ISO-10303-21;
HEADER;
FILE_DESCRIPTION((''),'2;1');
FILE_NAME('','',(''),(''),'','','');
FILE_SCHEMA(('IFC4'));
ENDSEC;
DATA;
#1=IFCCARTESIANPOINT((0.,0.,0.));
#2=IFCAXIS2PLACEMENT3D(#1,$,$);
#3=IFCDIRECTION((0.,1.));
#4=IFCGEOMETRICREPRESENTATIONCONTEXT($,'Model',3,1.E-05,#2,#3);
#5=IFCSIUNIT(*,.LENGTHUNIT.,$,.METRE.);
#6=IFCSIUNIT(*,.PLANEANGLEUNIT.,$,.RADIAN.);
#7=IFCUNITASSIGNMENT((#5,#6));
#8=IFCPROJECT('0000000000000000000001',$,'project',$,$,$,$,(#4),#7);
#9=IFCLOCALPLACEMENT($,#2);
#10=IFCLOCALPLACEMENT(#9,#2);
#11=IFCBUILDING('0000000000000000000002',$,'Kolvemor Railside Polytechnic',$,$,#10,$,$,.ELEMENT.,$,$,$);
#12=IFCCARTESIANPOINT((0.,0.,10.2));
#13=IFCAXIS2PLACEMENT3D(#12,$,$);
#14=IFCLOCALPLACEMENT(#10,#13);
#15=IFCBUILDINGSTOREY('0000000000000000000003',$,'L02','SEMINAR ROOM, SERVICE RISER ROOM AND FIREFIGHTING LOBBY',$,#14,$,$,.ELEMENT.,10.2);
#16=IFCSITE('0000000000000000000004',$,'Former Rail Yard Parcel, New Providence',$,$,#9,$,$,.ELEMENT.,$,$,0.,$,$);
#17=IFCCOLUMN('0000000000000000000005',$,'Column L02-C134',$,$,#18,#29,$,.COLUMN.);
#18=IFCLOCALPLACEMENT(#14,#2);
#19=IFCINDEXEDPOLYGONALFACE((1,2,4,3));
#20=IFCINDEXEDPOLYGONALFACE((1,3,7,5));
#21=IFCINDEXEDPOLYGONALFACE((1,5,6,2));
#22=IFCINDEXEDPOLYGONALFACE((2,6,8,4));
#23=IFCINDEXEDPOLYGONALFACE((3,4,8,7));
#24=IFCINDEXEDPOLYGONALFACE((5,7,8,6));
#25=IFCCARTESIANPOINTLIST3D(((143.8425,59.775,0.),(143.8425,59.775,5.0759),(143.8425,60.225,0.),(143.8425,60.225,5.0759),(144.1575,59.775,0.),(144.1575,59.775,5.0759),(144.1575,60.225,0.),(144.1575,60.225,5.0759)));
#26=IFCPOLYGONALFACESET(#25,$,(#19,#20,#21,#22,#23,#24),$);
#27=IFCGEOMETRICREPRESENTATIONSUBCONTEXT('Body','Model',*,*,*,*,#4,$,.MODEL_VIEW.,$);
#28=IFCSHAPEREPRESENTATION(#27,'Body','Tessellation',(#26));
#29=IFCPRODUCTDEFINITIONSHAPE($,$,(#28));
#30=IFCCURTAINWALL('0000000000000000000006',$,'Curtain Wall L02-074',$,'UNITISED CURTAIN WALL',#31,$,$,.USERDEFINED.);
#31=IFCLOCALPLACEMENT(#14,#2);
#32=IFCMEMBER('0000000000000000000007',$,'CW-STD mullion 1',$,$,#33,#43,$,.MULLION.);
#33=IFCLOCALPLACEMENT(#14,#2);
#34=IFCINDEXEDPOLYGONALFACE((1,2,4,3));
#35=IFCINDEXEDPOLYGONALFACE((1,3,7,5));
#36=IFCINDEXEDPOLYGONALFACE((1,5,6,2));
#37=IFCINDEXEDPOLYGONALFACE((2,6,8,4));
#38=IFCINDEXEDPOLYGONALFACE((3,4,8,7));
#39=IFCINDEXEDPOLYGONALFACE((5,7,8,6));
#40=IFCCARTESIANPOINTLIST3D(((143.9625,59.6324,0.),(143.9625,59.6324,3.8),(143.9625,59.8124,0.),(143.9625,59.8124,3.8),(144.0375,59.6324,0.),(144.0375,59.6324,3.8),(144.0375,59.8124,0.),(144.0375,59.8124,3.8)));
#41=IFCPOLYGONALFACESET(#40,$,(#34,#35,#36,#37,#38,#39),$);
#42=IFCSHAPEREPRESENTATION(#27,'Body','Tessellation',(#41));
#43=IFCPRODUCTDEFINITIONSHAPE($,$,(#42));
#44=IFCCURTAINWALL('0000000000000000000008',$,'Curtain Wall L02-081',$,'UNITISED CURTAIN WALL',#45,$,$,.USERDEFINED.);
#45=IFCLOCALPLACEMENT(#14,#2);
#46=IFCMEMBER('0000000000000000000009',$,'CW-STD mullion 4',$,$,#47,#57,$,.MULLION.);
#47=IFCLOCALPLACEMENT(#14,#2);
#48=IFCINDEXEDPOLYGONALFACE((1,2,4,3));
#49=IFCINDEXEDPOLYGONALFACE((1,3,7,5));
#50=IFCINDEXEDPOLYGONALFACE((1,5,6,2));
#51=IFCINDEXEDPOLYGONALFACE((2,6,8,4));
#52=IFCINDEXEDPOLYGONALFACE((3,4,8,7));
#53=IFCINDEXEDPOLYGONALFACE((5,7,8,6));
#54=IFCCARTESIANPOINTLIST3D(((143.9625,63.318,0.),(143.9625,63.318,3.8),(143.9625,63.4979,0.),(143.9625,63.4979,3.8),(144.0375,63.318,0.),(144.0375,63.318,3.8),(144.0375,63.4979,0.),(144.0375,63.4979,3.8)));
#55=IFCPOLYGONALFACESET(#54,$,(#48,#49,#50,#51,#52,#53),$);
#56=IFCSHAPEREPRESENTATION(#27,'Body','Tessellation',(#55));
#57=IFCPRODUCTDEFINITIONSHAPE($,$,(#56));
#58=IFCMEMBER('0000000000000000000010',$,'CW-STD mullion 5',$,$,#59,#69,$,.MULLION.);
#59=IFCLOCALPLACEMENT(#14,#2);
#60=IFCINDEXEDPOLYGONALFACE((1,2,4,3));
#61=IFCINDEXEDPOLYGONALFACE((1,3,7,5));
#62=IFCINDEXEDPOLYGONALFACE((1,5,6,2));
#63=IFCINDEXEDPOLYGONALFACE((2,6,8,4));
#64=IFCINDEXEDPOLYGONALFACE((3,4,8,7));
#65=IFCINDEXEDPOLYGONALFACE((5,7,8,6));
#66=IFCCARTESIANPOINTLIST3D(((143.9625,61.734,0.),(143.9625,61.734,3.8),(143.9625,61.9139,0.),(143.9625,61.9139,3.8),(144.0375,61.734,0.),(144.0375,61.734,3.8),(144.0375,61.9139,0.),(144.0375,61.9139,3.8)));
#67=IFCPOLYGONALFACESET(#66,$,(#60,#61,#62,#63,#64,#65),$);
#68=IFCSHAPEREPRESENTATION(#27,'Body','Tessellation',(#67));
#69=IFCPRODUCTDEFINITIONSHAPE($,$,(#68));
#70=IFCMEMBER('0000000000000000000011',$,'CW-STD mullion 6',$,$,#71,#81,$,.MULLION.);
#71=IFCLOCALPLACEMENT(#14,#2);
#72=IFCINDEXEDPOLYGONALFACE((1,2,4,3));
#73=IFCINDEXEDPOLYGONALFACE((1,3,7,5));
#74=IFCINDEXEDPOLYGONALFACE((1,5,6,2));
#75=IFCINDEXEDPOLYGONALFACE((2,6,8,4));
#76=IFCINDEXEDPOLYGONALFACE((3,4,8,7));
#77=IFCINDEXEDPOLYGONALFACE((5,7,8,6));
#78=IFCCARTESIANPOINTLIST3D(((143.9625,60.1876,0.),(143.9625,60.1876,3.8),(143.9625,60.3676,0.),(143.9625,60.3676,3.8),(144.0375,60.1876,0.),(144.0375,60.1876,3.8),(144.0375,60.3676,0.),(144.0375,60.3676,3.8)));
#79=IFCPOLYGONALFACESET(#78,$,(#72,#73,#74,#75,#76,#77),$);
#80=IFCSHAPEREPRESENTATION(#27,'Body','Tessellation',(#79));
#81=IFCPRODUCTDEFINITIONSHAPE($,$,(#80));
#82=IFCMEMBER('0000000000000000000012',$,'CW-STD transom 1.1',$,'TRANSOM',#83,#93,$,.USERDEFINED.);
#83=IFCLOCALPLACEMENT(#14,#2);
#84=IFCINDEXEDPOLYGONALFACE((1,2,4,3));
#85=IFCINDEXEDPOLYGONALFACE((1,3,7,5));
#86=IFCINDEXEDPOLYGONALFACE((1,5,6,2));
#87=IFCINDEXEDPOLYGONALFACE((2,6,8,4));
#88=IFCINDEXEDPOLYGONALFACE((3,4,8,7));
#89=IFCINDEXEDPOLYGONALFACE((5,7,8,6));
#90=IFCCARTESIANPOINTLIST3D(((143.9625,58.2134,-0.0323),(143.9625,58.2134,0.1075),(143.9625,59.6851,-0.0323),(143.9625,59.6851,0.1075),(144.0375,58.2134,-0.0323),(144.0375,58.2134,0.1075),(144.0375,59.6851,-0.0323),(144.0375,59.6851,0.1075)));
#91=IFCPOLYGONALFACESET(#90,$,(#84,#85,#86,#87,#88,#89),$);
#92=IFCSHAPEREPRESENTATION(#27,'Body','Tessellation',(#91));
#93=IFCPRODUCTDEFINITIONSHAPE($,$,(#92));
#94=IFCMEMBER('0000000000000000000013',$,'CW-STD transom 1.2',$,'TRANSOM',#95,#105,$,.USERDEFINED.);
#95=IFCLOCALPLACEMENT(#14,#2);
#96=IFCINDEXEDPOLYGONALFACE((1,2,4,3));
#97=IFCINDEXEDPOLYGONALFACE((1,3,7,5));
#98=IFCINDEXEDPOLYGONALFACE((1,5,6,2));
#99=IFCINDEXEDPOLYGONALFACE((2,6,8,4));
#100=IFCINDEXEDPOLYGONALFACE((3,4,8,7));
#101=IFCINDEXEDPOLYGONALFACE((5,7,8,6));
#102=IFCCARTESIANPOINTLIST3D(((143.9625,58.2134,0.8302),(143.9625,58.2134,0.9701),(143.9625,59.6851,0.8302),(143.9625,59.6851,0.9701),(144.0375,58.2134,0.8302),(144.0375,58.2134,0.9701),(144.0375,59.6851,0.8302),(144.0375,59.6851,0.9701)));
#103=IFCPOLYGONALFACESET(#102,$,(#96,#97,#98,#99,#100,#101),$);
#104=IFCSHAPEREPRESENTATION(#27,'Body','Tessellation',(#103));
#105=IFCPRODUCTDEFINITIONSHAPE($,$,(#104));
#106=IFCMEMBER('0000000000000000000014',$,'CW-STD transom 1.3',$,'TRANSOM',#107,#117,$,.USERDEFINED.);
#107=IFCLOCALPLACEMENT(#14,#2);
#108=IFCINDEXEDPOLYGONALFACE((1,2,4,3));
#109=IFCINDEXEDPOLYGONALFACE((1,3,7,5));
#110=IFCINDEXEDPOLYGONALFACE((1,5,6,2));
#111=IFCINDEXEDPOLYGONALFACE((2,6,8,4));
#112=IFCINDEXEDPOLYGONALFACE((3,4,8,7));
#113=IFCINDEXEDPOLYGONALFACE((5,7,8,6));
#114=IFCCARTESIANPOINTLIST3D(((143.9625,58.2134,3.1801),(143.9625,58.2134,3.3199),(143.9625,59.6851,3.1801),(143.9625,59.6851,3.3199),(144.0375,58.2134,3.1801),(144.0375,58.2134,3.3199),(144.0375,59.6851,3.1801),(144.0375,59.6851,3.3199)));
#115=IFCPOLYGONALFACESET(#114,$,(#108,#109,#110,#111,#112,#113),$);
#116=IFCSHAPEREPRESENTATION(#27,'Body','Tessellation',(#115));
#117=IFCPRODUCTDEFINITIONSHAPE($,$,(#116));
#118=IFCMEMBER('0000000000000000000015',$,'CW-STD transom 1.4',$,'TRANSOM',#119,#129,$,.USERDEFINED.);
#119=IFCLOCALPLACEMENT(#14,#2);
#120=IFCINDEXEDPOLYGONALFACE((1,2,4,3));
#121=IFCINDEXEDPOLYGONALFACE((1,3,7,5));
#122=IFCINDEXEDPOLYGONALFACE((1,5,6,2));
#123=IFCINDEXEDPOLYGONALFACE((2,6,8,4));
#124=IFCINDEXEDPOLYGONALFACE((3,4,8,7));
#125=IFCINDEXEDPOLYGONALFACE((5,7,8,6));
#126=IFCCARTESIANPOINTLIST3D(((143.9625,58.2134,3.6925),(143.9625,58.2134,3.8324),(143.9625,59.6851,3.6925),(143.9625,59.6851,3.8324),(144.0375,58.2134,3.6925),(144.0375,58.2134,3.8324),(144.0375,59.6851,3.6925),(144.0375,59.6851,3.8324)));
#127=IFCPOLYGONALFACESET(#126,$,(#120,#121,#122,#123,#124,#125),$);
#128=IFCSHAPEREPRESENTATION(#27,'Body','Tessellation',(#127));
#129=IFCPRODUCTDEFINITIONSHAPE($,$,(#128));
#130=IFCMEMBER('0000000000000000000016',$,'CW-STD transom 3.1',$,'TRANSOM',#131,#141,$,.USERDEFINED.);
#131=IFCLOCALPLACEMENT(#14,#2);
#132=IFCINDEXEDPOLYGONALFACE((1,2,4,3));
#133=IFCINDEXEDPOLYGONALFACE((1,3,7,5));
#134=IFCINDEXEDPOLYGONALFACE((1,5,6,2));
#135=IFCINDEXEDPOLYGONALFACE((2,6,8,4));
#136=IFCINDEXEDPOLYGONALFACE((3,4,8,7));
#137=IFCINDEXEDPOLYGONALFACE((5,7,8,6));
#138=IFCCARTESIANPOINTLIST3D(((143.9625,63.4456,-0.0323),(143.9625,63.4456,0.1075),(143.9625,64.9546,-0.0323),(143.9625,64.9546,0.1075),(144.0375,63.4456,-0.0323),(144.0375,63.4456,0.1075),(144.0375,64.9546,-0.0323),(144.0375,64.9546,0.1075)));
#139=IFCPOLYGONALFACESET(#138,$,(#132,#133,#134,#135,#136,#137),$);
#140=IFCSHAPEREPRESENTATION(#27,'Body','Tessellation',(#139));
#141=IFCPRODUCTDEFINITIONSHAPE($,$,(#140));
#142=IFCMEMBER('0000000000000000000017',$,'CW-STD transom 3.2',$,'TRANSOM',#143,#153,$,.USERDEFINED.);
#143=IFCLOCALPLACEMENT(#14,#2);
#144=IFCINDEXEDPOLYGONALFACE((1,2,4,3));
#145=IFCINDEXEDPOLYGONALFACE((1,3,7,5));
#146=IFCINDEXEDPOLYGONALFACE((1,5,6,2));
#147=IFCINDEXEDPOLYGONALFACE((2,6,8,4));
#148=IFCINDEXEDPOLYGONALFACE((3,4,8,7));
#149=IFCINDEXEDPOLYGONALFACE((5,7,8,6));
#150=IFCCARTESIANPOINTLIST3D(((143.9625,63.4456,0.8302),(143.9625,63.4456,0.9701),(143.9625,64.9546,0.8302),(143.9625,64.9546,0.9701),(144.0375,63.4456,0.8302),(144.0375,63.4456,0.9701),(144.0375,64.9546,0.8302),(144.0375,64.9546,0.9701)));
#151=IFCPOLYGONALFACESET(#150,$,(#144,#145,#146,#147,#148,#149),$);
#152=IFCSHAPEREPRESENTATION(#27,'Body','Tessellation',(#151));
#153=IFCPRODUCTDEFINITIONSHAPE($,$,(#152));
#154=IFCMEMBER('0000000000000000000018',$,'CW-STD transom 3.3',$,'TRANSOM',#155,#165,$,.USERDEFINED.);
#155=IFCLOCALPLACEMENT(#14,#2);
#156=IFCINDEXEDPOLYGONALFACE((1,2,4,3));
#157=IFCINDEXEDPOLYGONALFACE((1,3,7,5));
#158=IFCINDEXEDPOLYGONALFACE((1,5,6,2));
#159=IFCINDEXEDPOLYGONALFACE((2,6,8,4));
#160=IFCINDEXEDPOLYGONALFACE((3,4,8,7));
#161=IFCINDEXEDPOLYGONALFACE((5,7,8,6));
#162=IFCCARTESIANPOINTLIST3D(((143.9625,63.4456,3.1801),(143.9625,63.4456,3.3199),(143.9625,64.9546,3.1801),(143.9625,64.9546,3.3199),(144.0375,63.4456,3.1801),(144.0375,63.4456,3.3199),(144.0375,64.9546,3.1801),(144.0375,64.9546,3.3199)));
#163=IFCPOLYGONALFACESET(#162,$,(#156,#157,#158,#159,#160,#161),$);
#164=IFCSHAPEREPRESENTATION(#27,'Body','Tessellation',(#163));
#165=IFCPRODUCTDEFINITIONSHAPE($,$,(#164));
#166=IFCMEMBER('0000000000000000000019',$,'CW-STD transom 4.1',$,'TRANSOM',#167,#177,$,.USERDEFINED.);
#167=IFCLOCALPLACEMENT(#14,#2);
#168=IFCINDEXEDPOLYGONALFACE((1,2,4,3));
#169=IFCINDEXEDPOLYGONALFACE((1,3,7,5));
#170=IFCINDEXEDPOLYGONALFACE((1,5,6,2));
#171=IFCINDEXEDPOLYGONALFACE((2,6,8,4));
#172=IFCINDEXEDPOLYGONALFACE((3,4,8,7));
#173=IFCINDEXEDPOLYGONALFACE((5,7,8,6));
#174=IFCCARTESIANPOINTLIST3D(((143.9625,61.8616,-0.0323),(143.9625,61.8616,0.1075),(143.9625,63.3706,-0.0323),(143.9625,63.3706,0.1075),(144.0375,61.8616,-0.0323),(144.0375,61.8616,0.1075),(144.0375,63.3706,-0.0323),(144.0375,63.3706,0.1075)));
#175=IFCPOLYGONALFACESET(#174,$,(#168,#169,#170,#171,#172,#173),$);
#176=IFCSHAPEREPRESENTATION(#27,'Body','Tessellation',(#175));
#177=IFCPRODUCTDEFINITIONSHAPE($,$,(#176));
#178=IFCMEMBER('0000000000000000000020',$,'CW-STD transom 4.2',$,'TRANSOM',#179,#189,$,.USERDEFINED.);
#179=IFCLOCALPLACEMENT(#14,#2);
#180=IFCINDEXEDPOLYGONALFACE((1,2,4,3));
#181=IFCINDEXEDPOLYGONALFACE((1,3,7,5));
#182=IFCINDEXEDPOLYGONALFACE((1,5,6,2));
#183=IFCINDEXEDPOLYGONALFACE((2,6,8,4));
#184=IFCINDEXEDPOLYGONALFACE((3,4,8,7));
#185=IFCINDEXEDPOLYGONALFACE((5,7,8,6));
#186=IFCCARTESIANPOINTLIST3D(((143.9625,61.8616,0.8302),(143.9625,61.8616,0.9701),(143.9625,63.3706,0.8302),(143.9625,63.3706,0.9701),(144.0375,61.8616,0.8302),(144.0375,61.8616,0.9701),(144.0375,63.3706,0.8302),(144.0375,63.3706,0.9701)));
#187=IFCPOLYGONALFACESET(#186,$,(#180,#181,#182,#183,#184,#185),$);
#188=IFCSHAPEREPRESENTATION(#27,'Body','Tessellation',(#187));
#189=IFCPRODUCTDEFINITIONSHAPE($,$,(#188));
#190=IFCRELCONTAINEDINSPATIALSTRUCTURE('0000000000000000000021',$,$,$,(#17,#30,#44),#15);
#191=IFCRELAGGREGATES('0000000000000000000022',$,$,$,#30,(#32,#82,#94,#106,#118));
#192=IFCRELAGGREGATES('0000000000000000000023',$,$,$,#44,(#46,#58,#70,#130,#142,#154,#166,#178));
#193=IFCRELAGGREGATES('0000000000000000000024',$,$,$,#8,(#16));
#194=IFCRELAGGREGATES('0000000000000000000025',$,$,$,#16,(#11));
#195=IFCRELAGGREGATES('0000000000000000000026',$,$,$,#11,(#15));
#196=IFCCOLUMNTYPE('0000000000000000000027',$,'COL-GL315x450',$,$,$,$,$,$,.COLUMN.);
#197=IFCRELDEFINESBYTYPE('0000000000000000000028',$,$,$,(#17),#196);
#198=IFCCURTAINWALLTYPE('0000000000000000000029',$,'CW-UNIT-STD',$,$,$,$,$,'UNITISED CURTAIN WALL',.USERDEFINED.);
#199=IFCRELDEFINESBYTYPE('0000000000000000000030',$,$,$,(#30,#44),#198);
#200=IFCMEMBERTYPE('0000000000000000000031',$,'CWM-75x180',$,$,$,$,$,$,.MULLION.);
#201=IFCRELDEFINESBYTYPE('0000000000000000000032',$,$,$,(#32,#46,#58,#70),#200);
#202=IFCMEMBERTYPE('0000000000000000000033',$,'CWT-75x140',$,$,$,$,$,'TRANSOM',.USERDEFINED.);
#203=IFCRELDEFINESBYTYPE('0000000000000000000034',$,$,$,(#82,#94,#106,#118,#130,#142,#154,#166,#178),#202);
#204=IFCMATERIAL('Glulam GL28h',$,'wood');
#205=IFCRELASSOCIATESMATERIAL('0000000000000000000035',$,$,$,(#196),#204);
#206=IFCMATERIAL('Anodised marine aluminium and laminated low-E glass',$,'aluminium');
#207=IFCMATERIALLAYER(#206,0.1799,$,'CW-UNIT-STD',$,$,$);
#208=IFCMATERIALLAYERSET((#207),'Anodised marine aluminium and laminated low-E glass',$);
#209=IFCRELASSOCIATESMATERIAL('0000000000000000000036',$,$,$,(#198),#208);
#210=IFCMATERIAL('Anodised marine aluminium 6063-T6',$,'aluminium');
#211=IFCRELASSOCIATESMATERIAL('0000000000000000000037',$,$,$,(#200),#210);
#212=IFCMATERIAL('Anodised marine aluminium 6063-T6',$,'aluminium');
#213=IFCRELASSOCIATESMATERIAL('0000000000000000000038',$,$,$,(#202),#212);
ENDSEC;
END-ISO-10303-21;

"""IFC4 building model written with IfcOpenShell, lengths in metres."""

from ifc_helpers import new_model, si_unit, direction, frame, origin, origin_2d, place, context, subcontext, project, spatial, rectangle, extrude, material, layer, layer_set, material_profile, profile_set, type_object, element, aggregate, save


model = new_model("IFC4")

# Units and contexts
model_context = context("Model", 3, precision=1e-05, world=origin(), true_north=direction((0.0, 1.0)))
body_context = subcontext(model_context, "Body", "Model", "MODEL_VIEW")
ifc_project = project(units=[si_unit("LENGTHUNIT", "METRE"), si_unit("PLANEANGLEUNIT", "RADIAN")], contexts=[model_context])

# Site, building, storey
site_placement = place(None, origin())
site = spatial("IfcSite", under=ifc_project, at=site_placement, Name="Former Rail Yard Parcel, New Providence", CompositionType="ELEMENT", RefElevation=0.0)
building_placement = place(site_placement, origin())
building = spatial("IfcBuilding", under=site, at=building_placement, Name="Kolvemor Railside Polytechnic", CompositionType="ELEMENT")
storey_placement = place(building_placement, frame((0.0, 0.0, 10.2)))
storey = spatial("IfcBuildingStorey", under=building, at=storey_placement, Name="L02", Description="SEMINAR ROOM, SERVICE RISER ROOM AND FIREFIGHTING LOBBY", CompositionType="ELEMENT", Elevation=10.2)

# Column
ifc_material_1 = material(Name="Glulam GL28h", Category="wood")
ifc_material_profile_1 = material_profile(ifc_material_1, rectangle(XDim=0.3149, YDim=0.45, at=origin_2d()), Name="GL315x450")
ifc_profile_set_1 = profile_set([ifc_material_profile_1], Name="Glulam GL28h")
column_type = type_object("IfcColumnType", Name="COL-GL315x450", PredefinedType="COLUMN", material=ifc_profile_set_1)
column_placement = place(storey_placement, frame((144.0, 60.0, 0.0), z_axis=(0.0, 0.0, 1.0), x_axis=(1.0, 0.0, 0.0)))
element("IfcColumn", 1, at=column_placement, inside=storey, type_object=column_type, Name="Column L02-C134", PredefinedType="COLUMN", context=body_context, shape_type="SweptSolid", body=[
    extrude(rectangle(XDim=0.3149, YDim=0.45, at=origin_2d()), origin(), (0.0, 0.0, 1.0), 5.0759),
])

# Curtain wall, member
ifc_material_2 = material(Name="Anodised marine aluminium and laminated low-E glass", Category="aluminium")
ifc_layer_1 = layer(ifc_material_2, 0.1799, Name="CW-UNIT-STD")
ifc_layer_set_1 = layer_set([ifc_layer_1], Name="Anodised marine aluminium and laminated low-E glass")
curtain_wall_type = type_object("IfcCurtainWallType", Name="CW-UNIT-STD", ElementType="UNITISED CURTAIN WALL", PredefinedType="USERDEFINED", material=ifc_layer_set_1)
curtain_wall_1_placement = place(storey_placement, origin())
curtain_wall_1 = element("IfcCurtainWall", 2, at=curtain_wall_1_placement, inside=storey, type_object=curtain_wall_type, Name="Curtain Wall L02-074", ObjectType="UNITISED CURTAIN WALL", PredefinedType="USERDEFINED")
ifc_material_3 = material(Name="Anodised marine aluminium 6063-T6", Category="aluminium")
ifc_material_profile_2 = material_profile(ifc_material_3, rectangle(XDim=0.075, YDim=0.1799, at=origin_2d()), Name="CW-MUL-75x180")
ifc_profile_set_2 = profile_set([ifc_material_profile_2], Name="Anodised marine aluminium 6063-T6")
member_type_1 = type_object("IfcMemberType", Name="CWM-75x180", PredefinedType="MULLION", material=ifc_profile_set_2)
member_1_placement = place(storey_placement, frame((144.0, 59.7224, 0.0), z_axis=(0.0, 0.0, 1.0), x_axis=(1.0, 0.0, 0.0)))
member_1 = element("IfcMember", 3, at=member_1_placement, type_object=member_type_1, Name="CW-STD mullion 1", PredefinedType="MULLION", context=body_context, shape_type="SweptSolid", body=[
    extrude(rectangle(XDim=0.075, YDim=0.1799, at=origin_2d()), origin(), (0.0, 0.0, 1.0), 3.8),
])

# Curtain wall, members
curtain_wall_2_placement = place(storey_placement, origin())
curtain_wall_2 = element("IfcCurtainWall", 4, at=curtain_wall_2_placement, inside=storey, type_object=curtain_wall_type, Name="Curtain Wall L02-081", ObjectType="UNITISED CURTAIN WALL", PredefinedType="USERDEFINED")
member_2_placement = place(storey_placement, frame((144.0, 63.408, 0.0), z_axis=(0.0, 0.0, 1.0), x_axis=(1.0, 0.0, 0.0)))
member_2 = element("IfcMember", 5, at=member_2_placement, type_object=member_type_1, Name="CW-STD mullion 4", PredefinedType="MULLION", context=body_context, shape_type="SweptSolid", body=[
    extrude(rectangle(XDim=0.075, YDim=0.1799, at=origin_2d()), origin(), (0.0, 0.0, 1.0), 3.8),
])
member_3_placement = place(storey_placement, frame((144.0, 61.824, 0.0), z_axis=(0.0, 0.0, 1.0), x_axis=(1.0, 0.0, 0.0)))
member_3 = element("IfcMember", 6, at=member_3_placement, type_object=member_type_1, Name="CW-STD mullion 5", PredefinedType="MULLION", context=body_context, shape_type="SweptSolid", body=[
    extrude(rectangle(XDim=0.075, YDim=0.1799, at=origin_2d()), origin(), (0.0, 0.0, 1.0), 3.8),
])
member_4_placement = place(storey_placement, frame((144.0, 60.2776, 0.0), z_axis=(0.0, 0.0, 1.0), x_axis=(1.0, 0.0, 0.0)))
member_4 = element("IfcMember", 7, at=member_4_placement, type_object=member_type_1, Name="CW-STD mullion 6", PredefinedType="MULLION", context=body_context, shape_type="SweptSolid", body=[
    extrude(rectangle(XDim=0.075, YDim=0.1799, at=origin_2d()), origin(), (0.0, 0.0, 1.0), 3.8),
])

# Members
ifc_material_4 = material(Name="Anodised marine aluminium 6063-T6", Category="aluminium")
ifc_material_profile_3 = material_profile(ifc_material_4, rectangle(XDim=0.075, YDim=0.1399, at=origin_2d()), Name="CW-TRN-75x140")
ifc_profile_set_3 = profile_set([ifc_material_profile_3], Name="Anodised marine aluminium 6063-T6")
member_type_2 = type_object("IfcMemberType", Name="CWT-75x140", ElementType="TRANSOM", PredefinedType="USERDEFINED", material=ifc_profile_set_3)
member_5_placement = place(storey_placement, frame((144.0, 59.6851, 0.0376), z_axis=(0.0, -1.0, 0.0), x_axis=(1.0, 0.0, 0.0)))
member_5 = element("IfcMember", 8, at=member_5_placement, type_object=member_type_2, Name="CW-STD transom 1.1", ObjectType="TRANSOM", PredefinedType="USERDEFINED", context=body_context, shape_type="SweptSolid", body=[
    extrude(rectangle(XDim=0.075, YDim=0.1399, at=origin_2d()), origin(), (0.0, 0.0, 1.0), 1.4717),
])
member_6_placement = place(storey_placement, frame((144.0, 59.6851, 0.9001), z_axis=(0.0, -1.0, 0.0), x_axis=(1.0, 0.0, 0.0)))
member_6 = element("IfcMember", 9, at=member_6_placement, type_object=member_type_2, Name="CW-STD transom 1.2", ObjectType="TRANSOM", PredefinedType="USERDEFINED", context=body_context, shape_type="SweptSolid", body=[
    extrude(rectangle(XDim=0.075, YDim=0.1399, at=origin_2d()), origin(), (0.0, 0.0, 1.0), 1.4717),
])
member_7_placement = place(storey_placement, frame((144.0, 59.6851, 3.25), z_axis=(0.0, -1.0, 0.0), x_axis=(1.0, 0.0, 0.0)))
member_7 = element("IfcMember", 10, at=member_7_placement, type_object=member_type_2, Name="CW-STD transom 1.3", ObjectType="TRANSOM", PredefinedType="USERDEFINED", context=body_context, shape_type="SweptSolid", body=[
    extrude(rectangle(XDim=0.075, YDim=0.1399, at=origin_2d()), origin(), (0.0, 0.0, 1.0), 1.4717),
])
member_8_placement = place(storey_placement, frame((144.0, 59.6851, 3.7625), z_axis=(0.0, -1.0, 0.0), x_axis=(1.0, 0.0, 0.0)))
member_8 = element("IfcMember", 11, at=member_8_placement, type_object=member_type_2, Name="CW-STD transom 1.4", ObjectType="TRANSOM", PredefinedType="USERDEFINED", context=body_context, shape_type="SweptSolid", body=[
    extrude(rectangle(XDim=0.075, YDim=0.1399, at=origin_2d()), origin(), (0.0, 0.0, 1.0), 1.4717),
])
member_9_placement = place(storey_placement, frame((144.0, 64.9546, 0.0376), z_axis=(0.0, -1.0, 0.0), x_axis=(1.0, 0.0, 0.0)))
member_9 = element("IfcMember", 12, at=member_9_placement, type_object=member_type_2, Name="CW-STD transom 3.1", ObjectType="TRANSOM", PredefinedType="USERDEFINED", context=body_context, shape_type="SweptSolid", body=[
    extrude(rectangle(XDim=0.075, YDim=0.1399, at=origin_2d()), origin(), (0.0, 0.0, 1.0), 1.509),
])
member_10_placement = place(storey_placement, frame((144.0, 64.9546, 0.9001), z_axis=(0.0, -1.0, 0.0), x_axis=(1.0, 0.0, 0.0)))
member_10 = element("IfcMember", 13, at=member_10_placement, type_object=member_type_2, Name="CW-STD transom 3.2", ObjectType="TRANSOM", PredefinedType="USERDEFINED", context=body_context, shape_type="SweptSolid", body=[
    extrude(rectangle(XDim=0.075, YDim=0.1399, at=origin_2d()), origin(), (0.0, 0.0, 1.0), 1.509),
])
member_11_placement = place(storey_placement, frame((144.0, 64.9546, 3.25), z_axis=(0.0, -1.0, 0.0), x_axis=(1.0, 0.0, 0.0)))
member_11 = element("IfcMember", 14, at=member_11_placement, type_object=member_type_2, Name="CW-STD transom 3.3", ObjectType="TRANSOM", PredefinedType="USERDEFINED", context=body_context, shape_type="SweptSolid", body=[
    extrude(rectangle(XDim=0.075, YDim=0.1399, at=origin_2d()), origin(), (0.0, 0.0, 1.0), 1.509),
])
member_12_placement = place(storey_placement, frame((144.0, 63.3706, 0.0376), z_axis=(0.0, -1.0, 0.0), x_axis=(1.0, 0.0, 0.0)))
member_12 = element("IfcMember", 15, at=member_12_placement, type_object=member_type_2, Name="CW-STD transom 4.1", ObjectType="TRANSOM", PredefinedType="USERDEFINED", context=body_context, shape_type="SweptSolid", body=[
    extrude(rectangle(XDim=0.075, YDim=0.1399, at=origin_2d()), origin(), (0.0, 0.0, 1.0), 1.509),
])
member_13_placement = place(storey_placement, frame((144.0, 63.3706, 0.9001), z_axis=(0.0, -1.0, 0.0), x_axis=(1.0, 0.0, 0.0)))
member_13 = element("IfcMember", 16, at=member_13_placement, type_object=member_type_2, Name="CW-STD transom 4.2", ObjectType="TRANSOM", PredefinedType="USERDEFINED", context=body_context, shape_type="SweptSolid", body=[
    extrude(rectangle(XDim=0.075, YDim=0.1399, at=origin_2d()), origin(), (0.0, 0.0, 1.0), 1.509),
])

aggregate(curtain_wall_1, [member_1, member_5, member_6, member_7, member_8])
aggregate(curtain_wall_2, [member_2, member_3, member_4, member_9, member_10, member_11, member_12, member_13])

save(model, "model.ifc")
